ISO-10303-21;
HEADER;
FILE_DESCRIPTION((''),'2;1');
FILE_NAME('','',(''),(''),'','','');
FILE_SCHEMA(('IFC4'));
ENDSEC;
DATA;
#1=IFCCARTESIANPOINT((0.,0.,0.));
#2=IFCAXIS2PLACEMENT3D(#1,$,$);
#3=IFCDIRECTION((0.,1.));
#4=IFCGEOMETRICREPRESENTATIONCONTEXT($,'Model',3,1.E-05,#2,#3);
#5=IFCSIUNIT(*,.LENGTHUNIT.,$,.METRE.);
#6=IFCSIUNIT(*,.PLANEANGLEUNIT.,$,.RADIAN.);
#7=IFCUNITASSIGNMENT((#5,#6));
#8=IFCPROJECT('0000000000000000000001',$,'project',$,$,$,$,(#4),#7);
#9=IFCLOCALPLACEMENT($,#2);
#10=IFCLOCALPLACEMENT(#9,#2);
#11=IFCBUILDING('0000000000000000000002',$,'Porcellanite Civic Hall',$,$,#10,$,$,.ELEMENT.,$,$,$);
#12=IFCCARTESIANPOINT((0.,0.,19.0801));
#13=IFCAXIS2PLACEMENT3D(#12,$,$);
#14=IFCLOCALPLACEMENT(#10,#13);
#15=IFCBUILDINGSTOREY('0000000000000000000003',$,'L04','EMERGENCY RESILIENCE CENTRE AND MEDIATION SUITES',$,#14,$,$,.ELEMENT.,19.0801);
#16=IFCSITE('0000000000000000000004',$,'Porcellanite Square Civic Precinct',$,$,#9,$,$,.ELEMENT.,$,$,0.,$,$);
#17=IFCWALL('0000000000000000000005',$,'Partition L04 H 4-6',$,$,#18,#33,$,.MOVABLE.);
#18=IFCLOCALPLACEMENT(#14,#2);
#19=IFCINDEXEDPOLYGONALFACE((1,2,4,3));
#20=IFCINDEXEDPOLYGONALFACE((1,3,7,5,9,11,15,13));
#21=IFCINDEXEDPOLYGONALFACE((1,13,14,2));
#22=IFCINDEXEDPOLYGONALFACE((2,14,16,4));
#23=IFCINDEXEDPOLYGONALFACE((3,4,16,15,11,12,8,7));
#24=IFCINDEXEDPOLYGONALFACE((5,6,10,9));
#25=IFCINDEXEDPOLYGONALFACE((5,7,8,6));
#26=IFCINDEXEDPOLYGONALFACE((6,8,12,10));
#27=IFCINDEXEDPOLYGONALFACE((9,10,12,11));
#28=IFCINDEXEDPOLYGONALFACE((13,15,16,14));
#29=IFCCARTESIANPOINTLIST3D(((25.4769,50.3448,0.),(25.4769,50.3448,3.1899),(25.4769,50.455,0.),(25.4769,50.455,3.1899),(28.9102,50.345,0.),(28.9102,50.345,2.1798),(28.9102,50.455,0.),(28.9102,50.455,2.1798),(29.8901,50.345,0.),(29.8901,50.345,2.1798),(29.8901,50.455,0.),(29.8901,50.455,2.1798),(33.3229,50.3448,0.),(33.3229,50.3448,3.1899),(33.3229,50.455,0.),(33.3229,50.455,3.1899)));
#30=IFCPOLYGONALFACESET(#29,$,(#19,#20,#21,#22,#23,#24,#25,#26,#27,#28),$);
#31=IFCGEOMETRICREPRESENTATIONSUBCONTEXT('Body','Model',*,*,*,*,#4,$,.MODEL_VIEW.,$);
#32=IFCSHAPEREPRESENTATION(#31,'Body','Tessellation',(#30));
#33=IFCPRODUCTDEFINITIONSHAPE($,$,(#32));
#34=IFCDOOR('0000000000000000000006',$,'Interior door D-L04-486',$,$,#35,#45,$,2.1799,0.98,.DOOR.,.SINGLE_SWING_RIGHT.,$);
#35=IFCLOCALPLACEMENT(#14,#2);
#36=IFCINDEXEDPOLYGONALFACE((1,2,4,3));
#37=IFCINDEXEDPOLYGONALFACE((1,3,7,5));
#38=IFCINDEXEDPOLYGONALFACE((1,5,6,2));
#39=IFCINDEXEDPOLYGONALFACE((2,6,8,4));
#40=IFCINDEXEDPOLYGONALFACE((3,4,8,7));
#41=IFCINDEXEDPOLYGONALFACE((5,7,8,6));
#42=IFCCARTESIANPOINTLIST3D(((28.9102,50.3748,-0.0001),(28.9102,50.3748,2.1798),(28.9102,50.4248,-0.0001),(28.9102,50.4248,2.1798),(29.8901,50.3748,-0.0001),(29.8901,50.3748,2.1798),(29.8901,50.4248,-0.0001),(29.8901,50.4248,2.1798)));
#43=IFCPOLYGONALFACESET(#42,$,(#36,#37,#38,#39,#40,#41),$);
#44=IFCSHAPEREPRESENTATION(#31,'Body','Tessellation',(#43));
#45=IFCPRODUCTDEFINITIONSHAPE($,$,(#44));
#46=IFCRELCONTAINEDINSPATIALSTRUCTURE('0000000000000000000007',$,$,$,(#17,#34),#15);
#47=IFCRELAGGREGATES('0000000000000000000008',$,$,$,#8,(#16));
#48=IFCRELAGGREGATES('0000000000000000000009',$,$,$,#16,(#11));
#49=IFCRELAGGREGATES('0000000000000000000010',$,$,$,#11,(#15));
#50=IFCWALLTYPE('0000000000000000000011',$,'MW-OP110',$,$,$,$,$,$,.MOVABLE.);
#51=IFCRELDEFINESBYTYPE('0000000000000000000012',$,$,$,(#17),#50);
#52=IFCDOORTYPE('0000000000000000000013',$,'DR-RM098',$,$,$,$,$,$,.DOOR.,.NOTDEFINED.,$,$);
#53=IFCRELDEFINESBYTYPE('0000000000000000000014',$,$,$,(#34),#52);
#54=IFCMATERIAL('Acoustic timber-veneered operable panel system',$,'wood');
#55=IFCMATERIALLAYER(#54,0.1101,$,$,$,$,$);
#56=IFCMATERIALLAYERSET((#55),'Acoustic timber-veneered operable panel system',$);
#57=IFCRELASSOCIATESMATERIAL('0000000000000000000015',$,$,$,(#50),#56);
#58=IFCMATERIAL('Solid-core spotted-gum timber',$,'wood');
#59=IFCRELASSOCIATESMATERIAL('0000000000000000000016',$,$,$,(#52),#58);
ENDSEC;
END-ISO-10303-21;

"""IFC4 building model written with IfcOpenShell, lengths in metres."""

from ifc_helpers import new_model, si_unit, direction, frame, frame_2d, origin, place, context, subcontext, project, spatial, rectangle, extrude, material, layer, layer_set, type_object, element, fill, save


model = new_model("IFC4")

# Units and contexts
model_context = context("Model", 3, precision=1e-05, world=origin(), true_north=direction((0.0, 1.0)))
body_context = subcontext(model_context, "Body", "Model", "MODEL_VIEW")
ifc_project = project(units=[si_unit("LENGTHUNIT", "METRE"), si_unit("PLANEANGLEUNIT", "RADIAN")], contexts=[model_context])

# Site, building, storey
site_placement = place(None, origin())
site = spatial("IfcSite", under=ifc_project, at=site_placement, Name="Porcellanite Square Civic Precinct", CompositionType="ELEMENT", RefElevation=0.0)
building_placement = place(site_placement, origin())
building = spatial("IfcBuilding", under=site, at=building_placement, Name="Porcellanite Civic Hall", CompositionType="ELEMENT")
storey_placement = place(building_placement, frame((0.0, 0.0, 19.0801)))
storey = spatial("IfcBuildingStorey", under=building, at=storey_placement, Name="L04", Description="EMERGENCY RESILIENCE CENTRE AND MEDIATION SUITES", CompositionType="ELEMENT", Elevation=19.0801)

# Wall, opening, door
ifc_material_1 = material(Name="Acoustic timber-veneered operable panel system", Category="wood")
ifc_layer_1 = layer(ifc_material_1, 0.1101)
ifc_layer_set_1 = layer_set([ifc_layer_1], Name="Acoustic timber-veneered operable panel system")
wall_type_1 = type_object("IfcWallType", Name="MW-OP110", PredefinedType="MOVABLE", material=ifc_layer_set_1)
wall_1_placement = place(storey_placement, frame((25.4771, 50.3999, 0.0), z_axis=(0.0, 0.0, 1.0), x_axis=(1.0, 0.0, 0.0)))
wall_1 = element("IfcWall", 1, at=wall_1_placement, inside=storey, type_object=wall_type_1, Name="Partition L04 H 4-6", PredefinedType="MOVABLE", context=body_context, shape_type="SweptSolid", body=[
    extrude(rectangle(XDim=7.8459, YDim=0.1101, at=frame_2d((3.9229, 0.0))), origin(), (0.0, 0.0, 1.0), 3.1899),
])
opening_1_placement = place(wall_1_placement, frame((3.4331, 0.0, 0.0)))
opening_1 = element("IfcOpeningElement", 2, at=opening_1_placement, cuts=wall_1, PredefinedType="OPENING", context=body_context, shape_type="SweptSolid", body=[
    extrude(rectangle(XDim=0.98, YDim=2.1799, at=frame_2d((0.49, 1.0898))), frame((0.0, 0.0552, 0.0), z_axis=(0.0, -1.0, 0.0), x_axis=(1.0, 0.0, 0.0)), (0.0, 0.0, 1.0), 0.1101),
])
ifc_material_2 = material(Name="Solid-core spotted-gum timber", Category="wood")
door_type_1 = type_object("IfcDoorType", Name="DR-RM098", OperationType="NOTDEFINED", PredefinedType="DOOR", material=ifc_material_2)
door_1_placement = place(opening_1_placement, origin())
door_1 = element("IfcDoor", 3, at=door_1_placement, inside=storey, type_object=door_type_1, Name="Interior door D-L04-486", OperationType="SINGLE_SWING_RIGHT", OverallHeight=2.1799, OverallWidth=0.98, PredefinedType="DOOR", context=body_context, shape_type="SweptSolid", body=[
    extrude(rectangle(XDim=0.98, YDim=2.1799, at=frame_2d((0.49, 1.0898))), frame((0.0, 0.0249, 0.0), z_axis=(0.0, -1.0, 0.0), x_axis=(1.0, 0.0, 0.0)), (0.0, 0.0, 1.0), 0.05),
])
fill(opening_1, door_1)

save(model, "model.ifc")
